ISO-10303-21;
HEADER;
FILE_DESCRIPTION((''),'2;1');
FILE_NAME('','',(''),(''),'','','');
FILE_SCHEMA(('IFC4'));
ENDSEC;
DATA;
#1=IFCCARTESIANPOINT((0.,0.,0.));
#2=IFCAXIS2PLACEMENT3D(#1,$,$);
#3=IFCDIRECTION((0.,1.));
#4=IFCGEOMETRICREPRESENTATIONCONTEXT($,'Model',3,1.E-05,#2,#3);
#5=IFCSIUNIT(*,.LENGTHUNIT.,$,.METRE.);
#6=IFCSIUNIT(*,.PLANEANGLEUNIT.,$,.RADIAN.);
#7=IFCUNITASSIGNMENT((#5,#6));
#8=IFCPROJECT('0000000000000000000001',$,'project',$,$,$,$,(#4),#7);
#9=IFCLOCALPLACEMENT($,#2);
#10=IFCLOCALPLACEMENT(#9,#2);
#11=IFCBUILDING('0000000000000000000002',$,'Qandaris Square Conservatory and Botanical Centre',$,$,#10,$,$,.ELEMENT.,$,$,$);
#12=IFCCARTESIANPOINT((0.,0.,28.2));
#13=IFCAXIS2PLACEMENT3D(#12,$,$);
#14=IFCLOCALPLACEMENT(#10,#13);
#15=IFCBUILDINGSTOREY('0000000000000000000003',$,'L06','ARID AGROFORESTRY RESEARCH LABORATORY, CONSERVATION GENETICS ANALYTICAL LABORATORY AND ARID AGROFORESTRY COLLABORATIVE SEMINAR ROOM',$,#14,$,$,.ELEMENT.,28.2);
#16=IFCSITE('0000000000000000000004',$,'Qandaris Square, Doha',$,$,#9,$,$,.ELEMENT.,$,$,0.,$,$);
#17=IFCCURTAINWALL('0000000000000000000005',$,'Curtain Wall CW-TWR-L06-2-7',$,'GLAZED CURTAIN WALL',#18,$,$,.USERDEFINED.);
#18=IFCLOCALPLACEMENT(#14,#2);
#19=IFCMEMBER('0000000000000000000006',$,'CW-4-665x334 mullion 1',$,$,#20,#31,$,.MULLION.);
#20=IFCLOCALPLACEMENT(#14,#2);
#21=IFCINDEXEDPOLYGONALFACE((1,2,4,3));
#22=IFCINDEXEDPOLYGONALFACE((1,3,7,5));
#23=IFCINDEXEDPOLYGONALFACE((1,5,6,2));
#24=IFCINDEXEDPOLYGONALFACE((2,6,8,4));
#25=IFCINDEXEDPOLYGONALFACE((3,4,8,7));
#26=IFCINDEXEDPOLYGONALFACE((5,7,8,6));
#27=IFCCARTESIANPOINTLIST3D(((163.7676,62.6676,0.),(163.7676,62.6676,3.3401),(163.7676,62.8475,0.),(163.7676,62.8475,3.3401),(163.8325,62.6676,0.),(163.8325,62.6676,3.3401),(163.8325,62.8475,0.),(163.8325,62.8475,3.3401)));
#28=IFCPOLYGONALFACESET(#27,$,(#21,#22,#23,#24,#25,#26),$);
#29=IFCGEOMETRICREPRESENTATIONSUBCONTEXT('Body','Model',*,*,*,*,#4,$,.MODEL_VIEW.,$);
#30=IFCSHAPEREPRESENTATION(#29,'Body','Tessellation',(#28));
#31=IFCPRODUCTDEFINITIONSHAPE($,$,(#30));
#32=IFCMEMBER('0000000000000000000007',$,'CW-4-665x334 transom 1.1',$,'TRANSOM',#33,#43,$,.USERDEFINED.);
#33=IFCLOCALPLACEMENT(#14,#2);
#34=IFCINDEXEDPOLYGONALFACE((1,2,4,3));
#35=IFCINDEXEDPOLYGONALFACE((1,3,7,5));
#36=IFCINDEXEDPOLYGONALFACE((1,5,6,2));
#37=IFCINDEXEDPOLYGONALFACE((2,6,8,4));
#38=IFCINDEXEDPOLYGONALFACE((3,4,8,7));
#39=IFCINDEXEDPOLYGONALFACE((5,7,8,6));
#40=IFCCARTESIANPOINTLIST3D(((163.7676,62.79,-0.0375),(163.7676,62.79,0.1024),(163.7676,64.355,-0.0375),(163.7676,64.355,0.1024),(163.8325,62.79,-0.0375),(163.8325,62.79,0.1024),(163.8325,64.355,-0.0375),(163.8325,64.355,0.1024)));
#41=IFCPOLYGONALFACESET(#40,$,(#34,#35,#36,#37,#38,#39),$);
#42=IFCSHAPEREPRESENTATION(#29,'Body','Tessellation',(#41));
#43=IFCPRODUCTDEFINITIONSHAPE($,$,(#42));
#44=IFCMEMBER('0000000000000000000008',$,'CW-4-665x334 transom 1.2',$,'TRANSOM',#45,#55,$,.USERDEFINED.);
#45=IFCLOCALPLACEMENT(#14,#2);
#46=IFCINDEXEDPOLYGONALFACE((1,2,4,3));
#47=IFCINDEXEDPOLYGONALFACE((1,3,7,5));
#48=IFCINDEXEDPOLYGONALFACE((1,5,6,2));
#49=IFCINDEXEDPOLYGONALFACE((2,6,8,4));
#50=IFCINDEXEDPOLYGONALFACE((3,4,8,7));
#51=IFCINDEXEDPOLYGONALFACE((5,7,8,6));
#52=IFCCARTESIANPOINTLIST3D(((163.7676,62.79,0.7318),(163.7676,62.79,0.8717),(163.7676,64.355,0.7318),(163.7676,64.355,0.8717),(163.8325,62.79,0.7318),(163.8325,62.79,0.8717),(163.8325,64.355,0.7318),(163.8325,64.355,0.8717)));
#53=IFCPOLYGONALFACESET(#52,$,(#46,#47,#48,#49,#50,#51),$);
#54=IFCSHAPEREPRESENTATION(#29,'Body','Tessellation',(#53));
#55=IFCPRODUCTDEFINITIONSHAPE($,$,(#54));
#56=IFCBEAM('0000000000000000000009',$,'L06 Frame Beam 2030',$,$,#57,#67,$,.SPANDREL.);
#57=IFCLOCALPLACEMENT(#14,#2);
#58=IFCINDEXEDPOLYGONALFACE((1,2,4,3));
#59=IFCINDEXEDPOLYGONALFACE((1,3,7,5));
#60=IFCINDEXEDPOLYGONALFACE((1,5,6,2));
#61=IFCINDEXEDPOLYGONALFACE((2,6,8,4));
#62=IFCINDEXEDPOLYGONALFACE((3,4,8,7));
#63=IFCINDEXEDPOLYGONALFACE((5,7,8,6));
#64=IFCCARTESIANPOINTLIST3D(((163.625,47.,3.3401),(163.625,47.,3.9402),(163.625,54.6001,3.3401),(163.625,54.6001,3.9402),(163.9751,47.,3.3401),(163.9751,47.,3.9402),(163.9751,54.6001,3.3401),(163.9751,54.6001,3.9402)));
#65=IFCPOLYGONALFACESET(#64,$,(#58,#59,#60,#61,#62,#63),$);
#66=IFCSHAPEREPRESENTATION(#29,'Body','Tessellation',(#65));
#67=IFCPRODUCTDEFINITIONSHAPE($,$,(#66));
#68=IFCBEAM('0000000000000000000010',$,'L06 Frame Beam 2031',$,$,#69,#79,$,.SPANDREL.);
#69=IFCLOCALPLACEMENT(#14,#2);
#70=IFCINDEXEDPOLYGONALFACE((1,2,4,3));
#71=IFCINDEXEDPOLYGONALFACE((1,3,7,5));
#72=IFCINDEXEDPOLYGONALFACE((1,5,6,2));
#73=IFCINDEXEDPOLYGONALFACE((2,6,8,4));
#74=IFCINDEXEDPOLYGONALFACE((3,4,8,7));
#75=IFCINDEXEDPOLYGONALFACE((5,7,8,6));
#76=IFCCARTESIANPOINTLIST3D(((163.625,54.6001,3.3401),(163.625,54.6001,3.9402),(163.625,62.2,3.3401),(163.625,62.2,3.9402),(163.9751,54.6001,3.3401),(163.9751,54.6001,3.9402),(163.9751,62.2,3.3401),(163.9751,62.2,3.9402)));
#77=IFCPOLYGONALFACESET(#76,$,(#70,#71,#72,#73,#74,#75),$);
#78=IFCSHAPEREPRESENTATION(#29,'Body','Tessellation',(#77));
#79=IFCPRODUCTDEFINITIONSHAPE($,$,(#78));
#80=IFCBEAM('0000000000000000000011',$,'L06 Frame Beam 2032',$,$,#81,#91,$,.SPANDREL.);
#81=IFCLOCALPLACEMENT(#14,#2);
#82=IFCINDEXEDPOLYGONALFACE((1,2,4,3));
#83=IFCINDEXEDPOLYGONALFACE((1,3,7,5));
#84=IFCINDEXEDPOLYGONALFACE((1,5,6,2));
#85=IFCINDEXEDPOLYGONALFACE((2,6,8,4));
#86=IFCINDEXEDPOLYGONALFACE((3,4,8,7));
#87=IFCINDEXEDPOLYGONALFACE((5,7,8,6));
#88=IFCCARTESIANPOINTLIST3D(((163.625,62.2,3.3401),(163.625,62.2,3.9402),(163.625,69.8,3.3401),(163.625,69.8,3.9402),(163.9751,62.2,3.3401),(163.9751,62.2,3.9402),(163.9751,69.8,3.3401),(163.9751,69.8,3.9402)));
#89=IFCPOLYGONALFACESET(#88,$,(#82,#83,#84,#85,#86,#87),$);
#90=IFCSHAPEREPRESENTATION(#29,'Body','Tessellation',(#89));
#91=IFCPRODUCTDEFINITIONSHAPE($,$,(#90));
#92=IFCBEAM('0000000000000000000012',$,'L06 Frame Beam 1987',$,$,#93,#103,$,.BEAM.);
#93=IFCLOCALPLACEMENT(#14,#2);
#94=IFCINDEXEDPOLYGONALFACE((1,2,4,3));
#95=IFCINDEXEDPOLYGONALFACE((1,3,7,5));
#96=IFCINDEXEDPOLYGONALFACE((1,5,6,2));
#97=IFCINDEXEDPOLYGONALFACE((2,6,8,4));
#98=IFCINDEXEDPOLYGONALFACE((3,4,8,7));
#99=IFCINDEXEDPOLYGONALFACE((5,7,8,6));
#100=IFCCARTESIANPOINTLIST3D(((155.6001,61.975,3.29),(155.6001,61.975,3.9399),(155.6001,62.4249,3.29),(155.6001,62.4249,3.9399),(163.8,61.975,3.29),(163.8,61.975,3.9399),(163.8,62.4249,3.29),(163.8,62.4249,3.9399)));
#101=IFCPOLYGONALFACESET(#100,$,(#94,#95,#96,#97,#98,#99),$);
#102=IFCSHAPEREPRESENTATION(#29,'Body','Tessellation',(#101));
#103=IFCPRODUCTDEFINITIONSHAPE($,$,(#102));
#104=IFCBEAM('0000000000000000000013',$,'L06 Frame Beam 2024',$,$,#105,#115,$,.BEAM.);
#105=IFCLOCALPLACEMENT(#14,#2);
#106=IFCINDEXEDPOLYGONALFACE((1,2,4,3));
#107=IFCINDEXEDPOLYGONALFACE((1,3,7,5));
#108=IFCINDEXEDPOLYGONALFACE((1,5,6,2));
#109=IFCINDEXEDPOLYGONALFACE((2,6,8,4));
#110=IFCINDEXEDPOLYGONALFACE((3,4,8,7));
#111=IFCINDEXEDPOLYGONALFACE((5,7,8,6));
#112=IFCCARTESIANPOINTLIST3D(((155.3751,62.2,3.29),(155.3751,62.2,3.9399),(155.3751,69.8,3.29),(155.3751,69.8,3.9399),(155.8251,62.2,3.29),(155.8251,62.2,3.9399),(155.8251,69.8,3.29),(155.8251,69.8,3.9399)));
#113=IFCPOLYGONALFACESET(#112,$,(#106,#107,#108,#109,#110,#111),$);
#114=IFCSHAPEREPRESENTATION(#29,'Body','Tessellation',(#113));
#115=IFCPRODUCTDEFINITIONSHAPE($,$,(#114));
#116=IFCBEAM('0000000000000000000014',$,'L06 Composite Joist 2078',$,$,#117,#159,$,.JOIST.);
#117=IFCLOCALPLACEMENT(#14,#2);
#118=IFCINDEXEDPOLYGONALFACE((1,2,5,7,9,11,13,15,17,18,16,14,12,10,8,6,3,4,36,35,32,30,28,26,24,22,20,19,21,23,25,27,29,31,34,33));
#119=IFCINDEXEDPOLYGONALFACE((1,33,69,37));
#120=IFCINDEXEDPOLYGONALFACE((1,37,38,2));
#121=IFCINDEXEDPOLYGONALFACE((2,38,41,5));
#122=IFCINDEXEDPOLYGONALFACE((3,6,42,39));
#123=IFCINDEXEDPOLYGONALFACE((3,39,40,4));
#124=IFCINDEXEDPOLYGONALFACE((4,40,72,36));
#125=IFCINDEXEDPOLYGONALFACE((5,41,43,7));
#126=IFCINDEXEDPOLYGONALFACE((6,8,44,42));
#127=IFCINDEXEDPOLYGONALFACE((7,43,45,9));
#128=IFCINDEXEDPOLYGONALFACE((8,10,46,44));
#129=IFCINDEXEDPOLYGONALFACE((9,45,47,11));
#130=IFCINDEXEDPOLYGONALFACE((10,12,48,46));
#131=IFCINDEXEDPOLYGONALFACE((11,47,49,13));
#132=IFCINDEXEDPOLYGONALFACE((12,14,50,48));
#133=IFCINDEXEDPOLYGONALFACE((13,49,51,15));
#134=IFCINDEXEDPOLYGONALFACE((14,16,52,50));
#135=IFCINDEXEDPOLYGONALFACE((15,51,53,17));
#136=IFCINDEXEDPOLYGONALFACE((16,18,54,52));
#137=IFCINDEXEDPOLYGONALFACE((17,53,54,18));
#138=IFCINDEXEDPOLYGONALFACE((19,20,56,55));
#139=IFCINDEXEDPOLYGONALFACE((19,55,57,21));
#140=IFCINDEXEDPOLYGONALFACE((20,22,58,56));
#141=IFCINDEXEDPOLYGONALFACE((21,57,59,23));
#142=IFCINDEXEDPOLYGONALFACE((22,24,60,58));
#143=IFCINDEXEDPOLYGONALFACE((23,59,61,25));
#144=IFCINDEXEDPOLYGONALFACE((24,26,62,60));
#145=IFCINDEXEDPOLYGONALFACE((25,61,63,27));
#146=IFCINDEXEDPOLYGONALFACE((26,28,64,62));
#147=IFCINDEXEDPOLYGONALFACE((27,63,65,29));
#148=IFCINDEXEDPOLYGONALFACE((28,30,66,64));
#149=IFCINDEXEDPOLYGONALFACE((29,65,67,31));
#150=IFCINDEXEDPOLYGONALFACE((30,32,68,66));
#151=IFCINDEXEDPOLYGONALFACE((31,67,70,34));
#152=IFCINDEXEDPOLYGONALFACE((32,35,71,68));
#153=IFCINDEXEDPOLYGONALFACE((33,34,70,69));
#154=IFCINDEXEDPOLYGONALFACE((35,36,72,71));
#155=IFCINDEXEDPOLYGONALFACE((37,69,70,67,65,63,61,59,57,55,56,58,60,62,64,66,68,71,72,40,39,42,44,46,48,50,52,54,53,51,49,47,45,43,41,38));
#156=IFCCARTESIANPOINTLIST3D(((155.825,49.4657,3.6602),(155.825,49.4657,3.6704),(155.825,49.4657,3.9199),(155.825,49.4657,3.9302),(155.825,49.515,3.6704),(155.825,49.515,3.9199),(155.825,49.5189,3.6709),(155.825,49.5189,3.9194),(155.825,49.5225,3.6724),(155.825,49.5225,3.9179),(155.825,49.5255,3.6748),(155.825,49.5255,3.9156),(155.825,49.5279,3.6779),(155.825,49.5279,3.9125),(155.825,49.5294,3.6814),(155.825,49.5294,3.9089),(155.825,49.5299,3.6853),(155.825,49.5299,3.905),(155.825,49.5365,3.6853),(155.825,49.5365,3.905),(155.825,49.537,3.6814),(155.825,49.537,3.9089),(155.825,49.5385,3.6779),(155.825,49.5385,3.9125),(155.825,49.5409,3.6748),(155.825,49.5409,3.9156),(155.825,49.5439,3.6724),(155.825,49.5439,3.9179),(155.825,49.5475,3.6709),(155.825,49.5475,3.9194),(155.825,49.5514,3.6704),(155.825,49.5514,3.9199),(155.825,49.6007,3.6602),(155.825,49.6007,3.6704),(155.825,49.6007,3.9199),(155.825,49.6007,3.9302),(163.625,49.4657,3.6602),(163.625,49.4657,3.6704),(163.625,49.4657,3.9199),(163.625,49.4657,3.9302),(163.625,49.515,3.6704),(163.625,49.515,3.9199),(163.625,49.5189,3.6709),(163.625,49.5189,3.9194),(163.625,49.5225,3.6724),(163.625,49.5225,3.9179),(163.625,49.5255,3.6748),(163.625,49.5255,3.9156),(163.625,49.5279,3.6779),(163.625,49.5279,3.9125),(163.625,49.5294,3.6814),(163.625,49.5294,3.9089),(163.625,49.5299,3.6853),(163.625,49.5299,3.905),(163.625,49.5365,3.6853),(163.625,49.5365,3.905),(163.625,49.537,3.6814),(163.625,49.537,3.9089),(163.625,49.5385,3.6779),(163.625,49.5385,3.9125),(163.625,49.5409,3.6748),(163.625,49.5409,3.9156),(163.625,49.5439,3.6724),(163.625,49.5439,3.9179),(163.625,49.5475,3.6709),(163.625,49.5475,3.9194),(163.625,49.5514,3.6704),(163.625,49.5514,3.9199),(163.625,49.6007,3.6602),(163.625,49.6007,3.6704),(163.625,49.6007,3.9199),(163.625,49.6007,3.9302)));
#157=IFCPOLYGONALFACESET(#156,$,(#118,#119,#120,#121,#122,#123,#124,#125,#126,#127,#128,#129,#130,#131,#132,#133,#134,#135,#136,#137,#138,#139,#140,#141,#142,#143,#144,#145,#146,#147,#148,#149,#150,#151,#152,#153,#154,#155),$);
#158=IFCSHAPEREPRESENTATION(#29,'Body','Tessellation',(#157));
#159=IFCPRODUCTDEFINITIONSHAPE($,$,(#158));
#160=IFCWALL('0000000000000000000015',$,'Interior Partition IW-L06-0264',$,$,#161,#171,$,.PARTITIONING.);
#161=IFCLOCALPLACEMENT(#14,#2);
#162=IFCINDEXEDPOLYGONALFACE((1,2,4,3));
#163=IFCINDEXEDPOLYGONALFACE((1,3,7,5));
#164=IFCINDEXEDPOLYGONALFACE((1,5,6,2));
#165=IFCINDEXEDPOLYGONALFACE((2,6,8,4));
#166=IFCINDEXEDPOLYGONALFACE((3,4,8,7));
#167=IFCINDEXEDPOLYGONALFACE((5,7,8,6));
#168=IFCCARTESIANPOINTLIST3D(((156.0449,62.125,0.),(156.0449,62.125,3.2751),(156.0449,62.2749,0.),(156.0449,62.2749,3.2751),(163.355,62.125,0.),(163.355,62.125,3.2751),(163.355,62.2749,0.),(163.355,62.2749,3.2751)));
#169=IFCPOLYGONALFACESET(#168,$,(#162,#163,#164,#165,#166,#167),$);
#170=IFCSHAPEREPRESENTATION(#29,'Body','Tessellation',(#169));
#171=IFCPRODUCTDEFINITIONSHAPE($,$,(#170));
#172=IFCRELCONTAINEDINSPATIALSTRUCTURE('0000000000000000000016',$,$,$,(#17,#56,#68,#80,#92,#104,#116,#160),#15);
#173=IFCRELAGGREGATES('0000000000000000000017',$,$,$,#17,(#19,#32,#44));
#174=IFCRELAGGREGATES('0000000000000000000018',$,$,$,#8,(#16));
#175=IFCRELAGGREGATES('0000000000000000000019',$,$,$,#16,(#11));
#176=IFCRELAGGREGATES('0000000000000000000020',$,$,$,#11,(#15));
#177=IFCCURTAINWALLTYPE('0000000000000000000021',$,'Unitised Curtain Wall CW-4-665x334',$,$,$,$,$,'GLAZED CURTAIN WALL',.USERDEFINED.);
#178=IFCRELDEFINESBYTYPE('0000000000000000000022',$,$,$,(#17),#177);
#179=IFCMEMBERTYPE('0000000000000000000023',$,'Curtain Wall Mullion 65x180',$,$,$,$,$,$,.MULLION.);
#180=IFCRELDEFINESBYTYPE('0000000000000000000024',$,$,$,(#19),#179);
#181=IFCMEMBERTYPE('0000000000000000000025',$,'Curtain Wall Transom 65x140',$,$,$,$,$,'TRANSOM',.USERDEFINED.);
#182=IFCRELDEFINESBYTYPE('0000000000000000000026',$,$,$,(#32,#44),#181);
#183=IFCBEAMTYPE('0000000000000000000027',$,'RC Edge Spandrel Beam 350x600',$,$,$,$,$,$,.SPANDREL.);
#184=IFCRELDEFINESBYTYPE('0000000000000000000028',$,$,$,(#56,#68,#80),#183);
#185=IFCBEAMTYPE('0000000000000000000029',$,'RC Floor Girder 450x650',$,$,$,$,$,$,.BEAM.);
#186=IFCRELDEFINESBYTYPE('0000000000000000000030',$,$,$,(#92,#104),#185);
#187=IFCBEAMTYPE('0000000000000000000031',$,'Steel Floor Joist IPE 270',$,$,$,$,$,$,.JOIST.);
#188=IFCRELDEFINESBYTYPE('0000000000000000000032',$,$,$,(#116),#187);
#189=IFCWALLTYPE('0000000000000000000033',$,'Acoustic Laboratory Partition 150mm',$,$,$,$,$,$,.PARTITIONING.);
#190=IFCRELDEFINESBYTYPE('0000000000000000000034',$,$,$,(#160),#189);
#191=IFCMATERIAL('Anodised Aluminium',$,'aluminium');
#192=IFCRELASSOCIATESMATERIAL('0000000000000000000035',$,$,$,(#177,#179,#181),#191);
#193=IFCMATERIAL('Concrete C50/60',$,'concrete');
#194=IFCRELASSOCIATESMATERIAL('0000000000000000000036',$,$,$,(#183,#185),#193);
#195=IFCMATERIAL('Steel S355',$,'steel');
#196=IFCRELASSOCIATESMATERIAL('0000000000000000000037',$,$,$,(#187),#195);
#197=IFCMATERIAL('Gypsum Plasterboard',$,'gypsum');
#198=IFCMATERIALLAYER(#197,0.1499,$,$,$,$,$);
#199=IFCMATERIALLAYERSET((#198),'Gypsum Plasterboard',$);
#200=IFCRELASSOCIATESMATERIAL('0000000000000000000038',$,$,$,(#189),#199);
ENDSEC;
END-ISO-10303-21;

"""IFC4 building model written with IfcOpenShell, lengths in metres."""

from ifc_helpers import new_model, si_unit, direction, frame, frame_2d, origin, origin_2d, place, context, subcontext, project, spatial, rectangle, i_section, extrude, material, layer, layer_set, material_profile, profile_set, type_object, element, aggregate, save


model = new_model("IFC4")

# Units and contexts
model_context = context("Model", 3, precision=1e-05, world=origin(), true_north=direction((0.0, 1.0)))
body_context = subcontext(model_context, "Body", "Model", "MODEL_VIEW")
ifc_project = project(units=[si_unit("LENGTHUNIT", "METRE"), si_unit("PLANEANGLEUNIT", "RADIAN")], contexts=[model_context])

# Site, building, storey
site_placement = place(None, origin())
site = spatial("IfcSite", under=ifc_project, at=site_placement, Name="Qandaris Square, Doha", CompositionType="ELEMENT", RefElevation=0.0)
building_placement = place(site_placement, origin())
building = spatial("IfcBuilding", under=site, at=building_placement, Name="Qandaris Square Conservatory and Botanical Centre", CompositionType="ELEMENT")
storey_placement = place(building_placement, frame((0.0, 0.0, 28.2)))
storey = spatial("IfcBuildingStorey", under=building, at=storey_placement, Name="L06", Description="ARID AGROFORESTRY RESEARCH LABORATORY, CONSERVATION GENETICS ANALYTICAL LABORATORY AND ARID AGROFORESTRY COLLABORATIVE SEMINAR ROOM", CompositionType="ELEMENT", Elevation=28.2)

# Shared definitions
ifc_material_1 = material(Name="Concrete C50/60", Category="concrete")

# Shared definitions
ifc_material_2 = material(Name="Steel S355", Category="steel")

# Curtain wall, members
ifc_material_3 = material(Name="Anodised Aluminium", Category="aluminium")
curtain_wall_type = type_object("IfcCurtainWallType", Name="Unitised Curtain Wall CW-4-665x334", ElementType="GLAZED CURTAIN WALL", PredefinedType="USERDEFINED", material=ifc_material_3)
curtain_wall_placement = place(storey_placement, origin())
curtain_wall = element("IfcCurtainWall", 1, at=curtain_wall_placement, inside=storey, type_object=curtain_wall_type, Name="Curtain Wall CW-TWR-L06-2-7", ObjectType="GLAZED CURTAIN WALL", PredefinedType="USERDEFINED")
ifc_material_profile_1 = material_profile(ifc_material_3, rectangle(XDim=0.0649, YDim=0.1799, at=origin_2d()), Name="ALU-MUL 65x180")
ifc_profile_set_1 = profile_set([ifc_material_profile_1], Name="Anodised Aluminium")
member_type_1 = type_object("IfcMemberType", Name="Curtain Wall Mullion 65x180", PredefinedType="MULLION", material=ifc_profile_set_1)
member_1_placement = place(storey_placement, frame((163.8, 62.7576, 0.0), z_axis=(0.0, 0.0, 1.0), x_axis=(-1.0, 0.0, 0.0)))
member_1 = element("IfcMember", 2, at=member_1_placement, type_object=member_type_1, Name="CW-4-665x334 mullion 1", PredefinedType="MULLION", context=body_context, shape_type="SweptSolid", body=[
    extrude(rectangle(XDim=0.0649, YDim=0.1799, at=origin_2d()), origin(), (0.0, 0.0, 1.0), 3.3401),
])
ifc_material_profile_2 = material_profile(ifc_material_3, rectangle(XDim=0.0649, YDim=0.1399, at=origin_2d()), Name="ALU-TRN 65x140")
ifc_profile_set_2 = profile_set([ifc_material_profile_2], Name="Anodised Aluminium")
member_type_2 = type_object("IfcMemberType", Name="Curtain Wall Transom 65x140", ElementType="TRANSOM", PredefinedType="USERDEFINED", material=ifc_profile_set_2)
member_2_placement = place(storey_placement, frame((163.8, 62.79, 0.0325), z_axis=(0.0, 1.0, 0.0), x_axis=(-1.0, 0.0, 0.0)))
member_2 = element("IfcMember", 3, at=member_2_placement, type_object=member_type_2, Name="CW-4-665x334 transom 1.1", ObjectType="TRANSOM", PredefinedType="USERDEFINED", context=body_context, shape_type="SweptSolid", body=[
    extrude(rectangle(XDim=0.0649, YDim=0.1399, at=origin_2d()), origin(), (0.0, 0.0, 1.0), 1.5649),
])
member_3_placement = place(storey_placement, frame((163.8, 62.79, 0.8018), z_axis=(0.0, 1.0, 0.0), x_axis=(-1.0, 0.0, 0.0)))
member_3 = element("IfcMember", 4, at=member_3_placement, type_object=member_type_2, Name="CW-4-665x334 transom 1.2", ObjectType="TRANSOM", PredefinedType="USERDEFINED", context=body_context, shape_type="SweptSolid", body=[
    extrude(rectangle(XDim=0.0649, YDim=0.1399, at=origin_2d()), origin(), (0.0, 0.0, 1.0), 1.5649),
])
aggregate(curtain_wall, [member_1, member_2, member_3])

# Beams
ifc_material_profile_3 = material_profile(ifc_material_1, rectangle(XDim=0.3501, YDim=0.6001, at=origin_2d()), Name="RC-SP 350x600")
ifc_profile_set_3 = profile_set([ifc_material_profile_3], Name="Concrete C50/60")
beam_type_1 = type_object("IfcBeamType", Name="RC Edge Spandrel Beam 350x600", PredefinedType="SPANDREL", material=ifc_profile_set_3)
beam_1_placement = place(storey_placement, frame((163.8, 47.0, 3.6401), z_axis=(0.0, 1.0, 0.0), x_axis=(-1.0, 0.0, 0.0)))
element("IfcBeam", 5, at=beam_1_placement, inside=storey, type_object=beam_type_1, Name="L06 Frame Beam 2030", PredefinedType="SPANDREL", context=body_context, shape_type="SweptSolid", body=[
    extrude(rectangle(XDim=0.3501, YDim=0.6001, at=origin_2d()), origin(), (0.0, 0.0, 1.0), 7.6001),
])
beam_2_placement = place(storey_placement, frame((163.8, 54.6001, 3.6401), z_axis=(0.0, 1.0, 0.0), x_axis=(-1.0, 0.0, 0.0)))
element("IfcBeam", 6, at=beam_2_placement, inside=storey, type_object=beam_type_1, Name="L06 Frame Beam 2031", PredefinedType="SPANDREL", context=body_context, shape_type="SweptSolid", body=[
    extrude(rectangle(XDim=0.3501, YDim=0.6001, at=origin_2d()), origin(), (0.0, 0.0, 1.0), 7.5999),
])
beam_3_placement = place(storey_placement, frame((163.8, 62.2, 3.6401), z_axis=(0.0, 1.0, 0.0), x_axis=(-1.0, 0.0, 0.0)))
element("IfcBeam", 7, at=beam_3_placement, inside=storey, type_object=beam_type_1, Name="L06 Frame Beam 2032", PredefinedType="SPANDREL", context=body_context, shape_type="SweptSolid", body=[
    extrude(rectangle(XDim=0.3501, YDim=0.6001, at=origin_2d()), origin(), (0.0, 0.0, 1.0), 7.6001),
])
ifc_material_profile_4 = material_profile(ifc_material_1, rectangle(XDim=0.45, YDim=0.6499, at=origin_2d()), Name="RC-BM 450x650")
ifc_profile_set_4 = profile_set([ifc_material_profile_4], Name="Concrete C50/60")
beam_type_2 = type_object("IfcBeamType", Name="RC Floor Girder 450x650", PredefinedType="BEAM", material=ifc_profile_set_4)
beam_4_placement = place(storey_placement, frame((155.6001, 62.2, 3.615), z_axis=(1.0, 0.0, 0.0), x_axis=(0.0, 1.0, 0.0)))
element("IfcBeam", 8, at=beam_4_placement, inside=storey, type_object=beam_type_2, Name="L06 Frame Beam 1987", PredefinedType="BEAM", context=body_context, shape_type="SweptSolid", body=[
    extrude(rectangle(XDim=0.45, YDim=0.6499, at=origin_2d()), origin(), (0.0, 0.0, 1.0), 8.2),
])
beam_5_placement = place(storey_placement, frame((155.6001, 62.2, 3.615), z_axis=(0.0, 1.0, 0.0), x_axis=(-1.0, 0.0, 0.0)))
element("IfcBeam", 9, at=beam_5_placement, inside=storey, type_object=beam_type_2, Name="L06 Frame Beam 2024", PredefinedType="BEAM", context=body_context, shape_type="SweptSolid", body=[
    extrude(rectangle(XDim=0.45, YDim=0.6499, at=origin_2d()), origin(), (0.0, 0.0, 1.0), 7.6001),
])
ifc_material_profile_5 = material_profile(ifc_material_2, i_section(OverallWidth=0.135, OverallDepth=0.27, WebThickness=0.0066, FlangeThickness=0.0103, FilletRadius=0.0149, at=origin_2d()), Name="IPE 270")
ifc_profile_set_5 = profile_set([ifc_material_profile_5], Name="Steel S355")
beam_type_3 = type_object("IfcBeamType", Name="Steel Floor Joist IPE 270", PredefinedType="JOIST", material=ifc_profile_set_5)
beam_6_placement = place(storey_placement, frame((155.825, 49.5332, 3.7952), z_axis=(1.0, 0.0, 0.0), x_axis=(0.0, 1.0, 0.0)))
element("IfcBeam", 10, at=beam_6_placement, inside=storey, type_object=beam_type_3, Name="L06 Composite Joist 2078", PredefinedType="JOIST", context=body_context, shape_type="SweptSolid", body=[
    extrude(i_section(OverallWidth=0.135, OverallDepth=0.27, WebThickness=0.0066, FlangeThickness=0.0103, FilletRadius=0.0149, at=origin_2d()), origin(), (0.0, 0.0, 1.0), 7.8),
])

# Wall
ifc_material_4 = material(Name="Gypsum Plasterboard", Category="gypsum")
ifc_layer_1 = layer(ifc_material_4, 0.1499)
ifc_layer_set_1 = layer_set([ifc_layer_1], Name="Gypsum Plasterboard")
wall_type_1 = type_object("IfcWallType", Name="Acoustic Laboratory Partition 150mm", PredefinedType="PARTITIONING", material=ifc_layer_set_1)
wall_1_placement = place(storey_placement, frame((156.0449, 62.2, 0.0), z_axis=(0.0, 0.0, 1.0), x_axis=(1.0, 0.0, 0.0)))
element("IfcWall", 11, at=wall_1_placement, inside=storey, type_object=wall_type_1, Name="Interior Partition IW-L06-0264", PredefinedType="PARTITIONING", context=body_context, shape_type="SweptSolid", body=[
    extrude(rectangle(XDim=7.3101, YDim=0.1499, at=frame_2d((3.655, 0.0))), origin(), (0.0, 0.0, 1.0), 3.2751),
])

save(model, "model.ifc")
